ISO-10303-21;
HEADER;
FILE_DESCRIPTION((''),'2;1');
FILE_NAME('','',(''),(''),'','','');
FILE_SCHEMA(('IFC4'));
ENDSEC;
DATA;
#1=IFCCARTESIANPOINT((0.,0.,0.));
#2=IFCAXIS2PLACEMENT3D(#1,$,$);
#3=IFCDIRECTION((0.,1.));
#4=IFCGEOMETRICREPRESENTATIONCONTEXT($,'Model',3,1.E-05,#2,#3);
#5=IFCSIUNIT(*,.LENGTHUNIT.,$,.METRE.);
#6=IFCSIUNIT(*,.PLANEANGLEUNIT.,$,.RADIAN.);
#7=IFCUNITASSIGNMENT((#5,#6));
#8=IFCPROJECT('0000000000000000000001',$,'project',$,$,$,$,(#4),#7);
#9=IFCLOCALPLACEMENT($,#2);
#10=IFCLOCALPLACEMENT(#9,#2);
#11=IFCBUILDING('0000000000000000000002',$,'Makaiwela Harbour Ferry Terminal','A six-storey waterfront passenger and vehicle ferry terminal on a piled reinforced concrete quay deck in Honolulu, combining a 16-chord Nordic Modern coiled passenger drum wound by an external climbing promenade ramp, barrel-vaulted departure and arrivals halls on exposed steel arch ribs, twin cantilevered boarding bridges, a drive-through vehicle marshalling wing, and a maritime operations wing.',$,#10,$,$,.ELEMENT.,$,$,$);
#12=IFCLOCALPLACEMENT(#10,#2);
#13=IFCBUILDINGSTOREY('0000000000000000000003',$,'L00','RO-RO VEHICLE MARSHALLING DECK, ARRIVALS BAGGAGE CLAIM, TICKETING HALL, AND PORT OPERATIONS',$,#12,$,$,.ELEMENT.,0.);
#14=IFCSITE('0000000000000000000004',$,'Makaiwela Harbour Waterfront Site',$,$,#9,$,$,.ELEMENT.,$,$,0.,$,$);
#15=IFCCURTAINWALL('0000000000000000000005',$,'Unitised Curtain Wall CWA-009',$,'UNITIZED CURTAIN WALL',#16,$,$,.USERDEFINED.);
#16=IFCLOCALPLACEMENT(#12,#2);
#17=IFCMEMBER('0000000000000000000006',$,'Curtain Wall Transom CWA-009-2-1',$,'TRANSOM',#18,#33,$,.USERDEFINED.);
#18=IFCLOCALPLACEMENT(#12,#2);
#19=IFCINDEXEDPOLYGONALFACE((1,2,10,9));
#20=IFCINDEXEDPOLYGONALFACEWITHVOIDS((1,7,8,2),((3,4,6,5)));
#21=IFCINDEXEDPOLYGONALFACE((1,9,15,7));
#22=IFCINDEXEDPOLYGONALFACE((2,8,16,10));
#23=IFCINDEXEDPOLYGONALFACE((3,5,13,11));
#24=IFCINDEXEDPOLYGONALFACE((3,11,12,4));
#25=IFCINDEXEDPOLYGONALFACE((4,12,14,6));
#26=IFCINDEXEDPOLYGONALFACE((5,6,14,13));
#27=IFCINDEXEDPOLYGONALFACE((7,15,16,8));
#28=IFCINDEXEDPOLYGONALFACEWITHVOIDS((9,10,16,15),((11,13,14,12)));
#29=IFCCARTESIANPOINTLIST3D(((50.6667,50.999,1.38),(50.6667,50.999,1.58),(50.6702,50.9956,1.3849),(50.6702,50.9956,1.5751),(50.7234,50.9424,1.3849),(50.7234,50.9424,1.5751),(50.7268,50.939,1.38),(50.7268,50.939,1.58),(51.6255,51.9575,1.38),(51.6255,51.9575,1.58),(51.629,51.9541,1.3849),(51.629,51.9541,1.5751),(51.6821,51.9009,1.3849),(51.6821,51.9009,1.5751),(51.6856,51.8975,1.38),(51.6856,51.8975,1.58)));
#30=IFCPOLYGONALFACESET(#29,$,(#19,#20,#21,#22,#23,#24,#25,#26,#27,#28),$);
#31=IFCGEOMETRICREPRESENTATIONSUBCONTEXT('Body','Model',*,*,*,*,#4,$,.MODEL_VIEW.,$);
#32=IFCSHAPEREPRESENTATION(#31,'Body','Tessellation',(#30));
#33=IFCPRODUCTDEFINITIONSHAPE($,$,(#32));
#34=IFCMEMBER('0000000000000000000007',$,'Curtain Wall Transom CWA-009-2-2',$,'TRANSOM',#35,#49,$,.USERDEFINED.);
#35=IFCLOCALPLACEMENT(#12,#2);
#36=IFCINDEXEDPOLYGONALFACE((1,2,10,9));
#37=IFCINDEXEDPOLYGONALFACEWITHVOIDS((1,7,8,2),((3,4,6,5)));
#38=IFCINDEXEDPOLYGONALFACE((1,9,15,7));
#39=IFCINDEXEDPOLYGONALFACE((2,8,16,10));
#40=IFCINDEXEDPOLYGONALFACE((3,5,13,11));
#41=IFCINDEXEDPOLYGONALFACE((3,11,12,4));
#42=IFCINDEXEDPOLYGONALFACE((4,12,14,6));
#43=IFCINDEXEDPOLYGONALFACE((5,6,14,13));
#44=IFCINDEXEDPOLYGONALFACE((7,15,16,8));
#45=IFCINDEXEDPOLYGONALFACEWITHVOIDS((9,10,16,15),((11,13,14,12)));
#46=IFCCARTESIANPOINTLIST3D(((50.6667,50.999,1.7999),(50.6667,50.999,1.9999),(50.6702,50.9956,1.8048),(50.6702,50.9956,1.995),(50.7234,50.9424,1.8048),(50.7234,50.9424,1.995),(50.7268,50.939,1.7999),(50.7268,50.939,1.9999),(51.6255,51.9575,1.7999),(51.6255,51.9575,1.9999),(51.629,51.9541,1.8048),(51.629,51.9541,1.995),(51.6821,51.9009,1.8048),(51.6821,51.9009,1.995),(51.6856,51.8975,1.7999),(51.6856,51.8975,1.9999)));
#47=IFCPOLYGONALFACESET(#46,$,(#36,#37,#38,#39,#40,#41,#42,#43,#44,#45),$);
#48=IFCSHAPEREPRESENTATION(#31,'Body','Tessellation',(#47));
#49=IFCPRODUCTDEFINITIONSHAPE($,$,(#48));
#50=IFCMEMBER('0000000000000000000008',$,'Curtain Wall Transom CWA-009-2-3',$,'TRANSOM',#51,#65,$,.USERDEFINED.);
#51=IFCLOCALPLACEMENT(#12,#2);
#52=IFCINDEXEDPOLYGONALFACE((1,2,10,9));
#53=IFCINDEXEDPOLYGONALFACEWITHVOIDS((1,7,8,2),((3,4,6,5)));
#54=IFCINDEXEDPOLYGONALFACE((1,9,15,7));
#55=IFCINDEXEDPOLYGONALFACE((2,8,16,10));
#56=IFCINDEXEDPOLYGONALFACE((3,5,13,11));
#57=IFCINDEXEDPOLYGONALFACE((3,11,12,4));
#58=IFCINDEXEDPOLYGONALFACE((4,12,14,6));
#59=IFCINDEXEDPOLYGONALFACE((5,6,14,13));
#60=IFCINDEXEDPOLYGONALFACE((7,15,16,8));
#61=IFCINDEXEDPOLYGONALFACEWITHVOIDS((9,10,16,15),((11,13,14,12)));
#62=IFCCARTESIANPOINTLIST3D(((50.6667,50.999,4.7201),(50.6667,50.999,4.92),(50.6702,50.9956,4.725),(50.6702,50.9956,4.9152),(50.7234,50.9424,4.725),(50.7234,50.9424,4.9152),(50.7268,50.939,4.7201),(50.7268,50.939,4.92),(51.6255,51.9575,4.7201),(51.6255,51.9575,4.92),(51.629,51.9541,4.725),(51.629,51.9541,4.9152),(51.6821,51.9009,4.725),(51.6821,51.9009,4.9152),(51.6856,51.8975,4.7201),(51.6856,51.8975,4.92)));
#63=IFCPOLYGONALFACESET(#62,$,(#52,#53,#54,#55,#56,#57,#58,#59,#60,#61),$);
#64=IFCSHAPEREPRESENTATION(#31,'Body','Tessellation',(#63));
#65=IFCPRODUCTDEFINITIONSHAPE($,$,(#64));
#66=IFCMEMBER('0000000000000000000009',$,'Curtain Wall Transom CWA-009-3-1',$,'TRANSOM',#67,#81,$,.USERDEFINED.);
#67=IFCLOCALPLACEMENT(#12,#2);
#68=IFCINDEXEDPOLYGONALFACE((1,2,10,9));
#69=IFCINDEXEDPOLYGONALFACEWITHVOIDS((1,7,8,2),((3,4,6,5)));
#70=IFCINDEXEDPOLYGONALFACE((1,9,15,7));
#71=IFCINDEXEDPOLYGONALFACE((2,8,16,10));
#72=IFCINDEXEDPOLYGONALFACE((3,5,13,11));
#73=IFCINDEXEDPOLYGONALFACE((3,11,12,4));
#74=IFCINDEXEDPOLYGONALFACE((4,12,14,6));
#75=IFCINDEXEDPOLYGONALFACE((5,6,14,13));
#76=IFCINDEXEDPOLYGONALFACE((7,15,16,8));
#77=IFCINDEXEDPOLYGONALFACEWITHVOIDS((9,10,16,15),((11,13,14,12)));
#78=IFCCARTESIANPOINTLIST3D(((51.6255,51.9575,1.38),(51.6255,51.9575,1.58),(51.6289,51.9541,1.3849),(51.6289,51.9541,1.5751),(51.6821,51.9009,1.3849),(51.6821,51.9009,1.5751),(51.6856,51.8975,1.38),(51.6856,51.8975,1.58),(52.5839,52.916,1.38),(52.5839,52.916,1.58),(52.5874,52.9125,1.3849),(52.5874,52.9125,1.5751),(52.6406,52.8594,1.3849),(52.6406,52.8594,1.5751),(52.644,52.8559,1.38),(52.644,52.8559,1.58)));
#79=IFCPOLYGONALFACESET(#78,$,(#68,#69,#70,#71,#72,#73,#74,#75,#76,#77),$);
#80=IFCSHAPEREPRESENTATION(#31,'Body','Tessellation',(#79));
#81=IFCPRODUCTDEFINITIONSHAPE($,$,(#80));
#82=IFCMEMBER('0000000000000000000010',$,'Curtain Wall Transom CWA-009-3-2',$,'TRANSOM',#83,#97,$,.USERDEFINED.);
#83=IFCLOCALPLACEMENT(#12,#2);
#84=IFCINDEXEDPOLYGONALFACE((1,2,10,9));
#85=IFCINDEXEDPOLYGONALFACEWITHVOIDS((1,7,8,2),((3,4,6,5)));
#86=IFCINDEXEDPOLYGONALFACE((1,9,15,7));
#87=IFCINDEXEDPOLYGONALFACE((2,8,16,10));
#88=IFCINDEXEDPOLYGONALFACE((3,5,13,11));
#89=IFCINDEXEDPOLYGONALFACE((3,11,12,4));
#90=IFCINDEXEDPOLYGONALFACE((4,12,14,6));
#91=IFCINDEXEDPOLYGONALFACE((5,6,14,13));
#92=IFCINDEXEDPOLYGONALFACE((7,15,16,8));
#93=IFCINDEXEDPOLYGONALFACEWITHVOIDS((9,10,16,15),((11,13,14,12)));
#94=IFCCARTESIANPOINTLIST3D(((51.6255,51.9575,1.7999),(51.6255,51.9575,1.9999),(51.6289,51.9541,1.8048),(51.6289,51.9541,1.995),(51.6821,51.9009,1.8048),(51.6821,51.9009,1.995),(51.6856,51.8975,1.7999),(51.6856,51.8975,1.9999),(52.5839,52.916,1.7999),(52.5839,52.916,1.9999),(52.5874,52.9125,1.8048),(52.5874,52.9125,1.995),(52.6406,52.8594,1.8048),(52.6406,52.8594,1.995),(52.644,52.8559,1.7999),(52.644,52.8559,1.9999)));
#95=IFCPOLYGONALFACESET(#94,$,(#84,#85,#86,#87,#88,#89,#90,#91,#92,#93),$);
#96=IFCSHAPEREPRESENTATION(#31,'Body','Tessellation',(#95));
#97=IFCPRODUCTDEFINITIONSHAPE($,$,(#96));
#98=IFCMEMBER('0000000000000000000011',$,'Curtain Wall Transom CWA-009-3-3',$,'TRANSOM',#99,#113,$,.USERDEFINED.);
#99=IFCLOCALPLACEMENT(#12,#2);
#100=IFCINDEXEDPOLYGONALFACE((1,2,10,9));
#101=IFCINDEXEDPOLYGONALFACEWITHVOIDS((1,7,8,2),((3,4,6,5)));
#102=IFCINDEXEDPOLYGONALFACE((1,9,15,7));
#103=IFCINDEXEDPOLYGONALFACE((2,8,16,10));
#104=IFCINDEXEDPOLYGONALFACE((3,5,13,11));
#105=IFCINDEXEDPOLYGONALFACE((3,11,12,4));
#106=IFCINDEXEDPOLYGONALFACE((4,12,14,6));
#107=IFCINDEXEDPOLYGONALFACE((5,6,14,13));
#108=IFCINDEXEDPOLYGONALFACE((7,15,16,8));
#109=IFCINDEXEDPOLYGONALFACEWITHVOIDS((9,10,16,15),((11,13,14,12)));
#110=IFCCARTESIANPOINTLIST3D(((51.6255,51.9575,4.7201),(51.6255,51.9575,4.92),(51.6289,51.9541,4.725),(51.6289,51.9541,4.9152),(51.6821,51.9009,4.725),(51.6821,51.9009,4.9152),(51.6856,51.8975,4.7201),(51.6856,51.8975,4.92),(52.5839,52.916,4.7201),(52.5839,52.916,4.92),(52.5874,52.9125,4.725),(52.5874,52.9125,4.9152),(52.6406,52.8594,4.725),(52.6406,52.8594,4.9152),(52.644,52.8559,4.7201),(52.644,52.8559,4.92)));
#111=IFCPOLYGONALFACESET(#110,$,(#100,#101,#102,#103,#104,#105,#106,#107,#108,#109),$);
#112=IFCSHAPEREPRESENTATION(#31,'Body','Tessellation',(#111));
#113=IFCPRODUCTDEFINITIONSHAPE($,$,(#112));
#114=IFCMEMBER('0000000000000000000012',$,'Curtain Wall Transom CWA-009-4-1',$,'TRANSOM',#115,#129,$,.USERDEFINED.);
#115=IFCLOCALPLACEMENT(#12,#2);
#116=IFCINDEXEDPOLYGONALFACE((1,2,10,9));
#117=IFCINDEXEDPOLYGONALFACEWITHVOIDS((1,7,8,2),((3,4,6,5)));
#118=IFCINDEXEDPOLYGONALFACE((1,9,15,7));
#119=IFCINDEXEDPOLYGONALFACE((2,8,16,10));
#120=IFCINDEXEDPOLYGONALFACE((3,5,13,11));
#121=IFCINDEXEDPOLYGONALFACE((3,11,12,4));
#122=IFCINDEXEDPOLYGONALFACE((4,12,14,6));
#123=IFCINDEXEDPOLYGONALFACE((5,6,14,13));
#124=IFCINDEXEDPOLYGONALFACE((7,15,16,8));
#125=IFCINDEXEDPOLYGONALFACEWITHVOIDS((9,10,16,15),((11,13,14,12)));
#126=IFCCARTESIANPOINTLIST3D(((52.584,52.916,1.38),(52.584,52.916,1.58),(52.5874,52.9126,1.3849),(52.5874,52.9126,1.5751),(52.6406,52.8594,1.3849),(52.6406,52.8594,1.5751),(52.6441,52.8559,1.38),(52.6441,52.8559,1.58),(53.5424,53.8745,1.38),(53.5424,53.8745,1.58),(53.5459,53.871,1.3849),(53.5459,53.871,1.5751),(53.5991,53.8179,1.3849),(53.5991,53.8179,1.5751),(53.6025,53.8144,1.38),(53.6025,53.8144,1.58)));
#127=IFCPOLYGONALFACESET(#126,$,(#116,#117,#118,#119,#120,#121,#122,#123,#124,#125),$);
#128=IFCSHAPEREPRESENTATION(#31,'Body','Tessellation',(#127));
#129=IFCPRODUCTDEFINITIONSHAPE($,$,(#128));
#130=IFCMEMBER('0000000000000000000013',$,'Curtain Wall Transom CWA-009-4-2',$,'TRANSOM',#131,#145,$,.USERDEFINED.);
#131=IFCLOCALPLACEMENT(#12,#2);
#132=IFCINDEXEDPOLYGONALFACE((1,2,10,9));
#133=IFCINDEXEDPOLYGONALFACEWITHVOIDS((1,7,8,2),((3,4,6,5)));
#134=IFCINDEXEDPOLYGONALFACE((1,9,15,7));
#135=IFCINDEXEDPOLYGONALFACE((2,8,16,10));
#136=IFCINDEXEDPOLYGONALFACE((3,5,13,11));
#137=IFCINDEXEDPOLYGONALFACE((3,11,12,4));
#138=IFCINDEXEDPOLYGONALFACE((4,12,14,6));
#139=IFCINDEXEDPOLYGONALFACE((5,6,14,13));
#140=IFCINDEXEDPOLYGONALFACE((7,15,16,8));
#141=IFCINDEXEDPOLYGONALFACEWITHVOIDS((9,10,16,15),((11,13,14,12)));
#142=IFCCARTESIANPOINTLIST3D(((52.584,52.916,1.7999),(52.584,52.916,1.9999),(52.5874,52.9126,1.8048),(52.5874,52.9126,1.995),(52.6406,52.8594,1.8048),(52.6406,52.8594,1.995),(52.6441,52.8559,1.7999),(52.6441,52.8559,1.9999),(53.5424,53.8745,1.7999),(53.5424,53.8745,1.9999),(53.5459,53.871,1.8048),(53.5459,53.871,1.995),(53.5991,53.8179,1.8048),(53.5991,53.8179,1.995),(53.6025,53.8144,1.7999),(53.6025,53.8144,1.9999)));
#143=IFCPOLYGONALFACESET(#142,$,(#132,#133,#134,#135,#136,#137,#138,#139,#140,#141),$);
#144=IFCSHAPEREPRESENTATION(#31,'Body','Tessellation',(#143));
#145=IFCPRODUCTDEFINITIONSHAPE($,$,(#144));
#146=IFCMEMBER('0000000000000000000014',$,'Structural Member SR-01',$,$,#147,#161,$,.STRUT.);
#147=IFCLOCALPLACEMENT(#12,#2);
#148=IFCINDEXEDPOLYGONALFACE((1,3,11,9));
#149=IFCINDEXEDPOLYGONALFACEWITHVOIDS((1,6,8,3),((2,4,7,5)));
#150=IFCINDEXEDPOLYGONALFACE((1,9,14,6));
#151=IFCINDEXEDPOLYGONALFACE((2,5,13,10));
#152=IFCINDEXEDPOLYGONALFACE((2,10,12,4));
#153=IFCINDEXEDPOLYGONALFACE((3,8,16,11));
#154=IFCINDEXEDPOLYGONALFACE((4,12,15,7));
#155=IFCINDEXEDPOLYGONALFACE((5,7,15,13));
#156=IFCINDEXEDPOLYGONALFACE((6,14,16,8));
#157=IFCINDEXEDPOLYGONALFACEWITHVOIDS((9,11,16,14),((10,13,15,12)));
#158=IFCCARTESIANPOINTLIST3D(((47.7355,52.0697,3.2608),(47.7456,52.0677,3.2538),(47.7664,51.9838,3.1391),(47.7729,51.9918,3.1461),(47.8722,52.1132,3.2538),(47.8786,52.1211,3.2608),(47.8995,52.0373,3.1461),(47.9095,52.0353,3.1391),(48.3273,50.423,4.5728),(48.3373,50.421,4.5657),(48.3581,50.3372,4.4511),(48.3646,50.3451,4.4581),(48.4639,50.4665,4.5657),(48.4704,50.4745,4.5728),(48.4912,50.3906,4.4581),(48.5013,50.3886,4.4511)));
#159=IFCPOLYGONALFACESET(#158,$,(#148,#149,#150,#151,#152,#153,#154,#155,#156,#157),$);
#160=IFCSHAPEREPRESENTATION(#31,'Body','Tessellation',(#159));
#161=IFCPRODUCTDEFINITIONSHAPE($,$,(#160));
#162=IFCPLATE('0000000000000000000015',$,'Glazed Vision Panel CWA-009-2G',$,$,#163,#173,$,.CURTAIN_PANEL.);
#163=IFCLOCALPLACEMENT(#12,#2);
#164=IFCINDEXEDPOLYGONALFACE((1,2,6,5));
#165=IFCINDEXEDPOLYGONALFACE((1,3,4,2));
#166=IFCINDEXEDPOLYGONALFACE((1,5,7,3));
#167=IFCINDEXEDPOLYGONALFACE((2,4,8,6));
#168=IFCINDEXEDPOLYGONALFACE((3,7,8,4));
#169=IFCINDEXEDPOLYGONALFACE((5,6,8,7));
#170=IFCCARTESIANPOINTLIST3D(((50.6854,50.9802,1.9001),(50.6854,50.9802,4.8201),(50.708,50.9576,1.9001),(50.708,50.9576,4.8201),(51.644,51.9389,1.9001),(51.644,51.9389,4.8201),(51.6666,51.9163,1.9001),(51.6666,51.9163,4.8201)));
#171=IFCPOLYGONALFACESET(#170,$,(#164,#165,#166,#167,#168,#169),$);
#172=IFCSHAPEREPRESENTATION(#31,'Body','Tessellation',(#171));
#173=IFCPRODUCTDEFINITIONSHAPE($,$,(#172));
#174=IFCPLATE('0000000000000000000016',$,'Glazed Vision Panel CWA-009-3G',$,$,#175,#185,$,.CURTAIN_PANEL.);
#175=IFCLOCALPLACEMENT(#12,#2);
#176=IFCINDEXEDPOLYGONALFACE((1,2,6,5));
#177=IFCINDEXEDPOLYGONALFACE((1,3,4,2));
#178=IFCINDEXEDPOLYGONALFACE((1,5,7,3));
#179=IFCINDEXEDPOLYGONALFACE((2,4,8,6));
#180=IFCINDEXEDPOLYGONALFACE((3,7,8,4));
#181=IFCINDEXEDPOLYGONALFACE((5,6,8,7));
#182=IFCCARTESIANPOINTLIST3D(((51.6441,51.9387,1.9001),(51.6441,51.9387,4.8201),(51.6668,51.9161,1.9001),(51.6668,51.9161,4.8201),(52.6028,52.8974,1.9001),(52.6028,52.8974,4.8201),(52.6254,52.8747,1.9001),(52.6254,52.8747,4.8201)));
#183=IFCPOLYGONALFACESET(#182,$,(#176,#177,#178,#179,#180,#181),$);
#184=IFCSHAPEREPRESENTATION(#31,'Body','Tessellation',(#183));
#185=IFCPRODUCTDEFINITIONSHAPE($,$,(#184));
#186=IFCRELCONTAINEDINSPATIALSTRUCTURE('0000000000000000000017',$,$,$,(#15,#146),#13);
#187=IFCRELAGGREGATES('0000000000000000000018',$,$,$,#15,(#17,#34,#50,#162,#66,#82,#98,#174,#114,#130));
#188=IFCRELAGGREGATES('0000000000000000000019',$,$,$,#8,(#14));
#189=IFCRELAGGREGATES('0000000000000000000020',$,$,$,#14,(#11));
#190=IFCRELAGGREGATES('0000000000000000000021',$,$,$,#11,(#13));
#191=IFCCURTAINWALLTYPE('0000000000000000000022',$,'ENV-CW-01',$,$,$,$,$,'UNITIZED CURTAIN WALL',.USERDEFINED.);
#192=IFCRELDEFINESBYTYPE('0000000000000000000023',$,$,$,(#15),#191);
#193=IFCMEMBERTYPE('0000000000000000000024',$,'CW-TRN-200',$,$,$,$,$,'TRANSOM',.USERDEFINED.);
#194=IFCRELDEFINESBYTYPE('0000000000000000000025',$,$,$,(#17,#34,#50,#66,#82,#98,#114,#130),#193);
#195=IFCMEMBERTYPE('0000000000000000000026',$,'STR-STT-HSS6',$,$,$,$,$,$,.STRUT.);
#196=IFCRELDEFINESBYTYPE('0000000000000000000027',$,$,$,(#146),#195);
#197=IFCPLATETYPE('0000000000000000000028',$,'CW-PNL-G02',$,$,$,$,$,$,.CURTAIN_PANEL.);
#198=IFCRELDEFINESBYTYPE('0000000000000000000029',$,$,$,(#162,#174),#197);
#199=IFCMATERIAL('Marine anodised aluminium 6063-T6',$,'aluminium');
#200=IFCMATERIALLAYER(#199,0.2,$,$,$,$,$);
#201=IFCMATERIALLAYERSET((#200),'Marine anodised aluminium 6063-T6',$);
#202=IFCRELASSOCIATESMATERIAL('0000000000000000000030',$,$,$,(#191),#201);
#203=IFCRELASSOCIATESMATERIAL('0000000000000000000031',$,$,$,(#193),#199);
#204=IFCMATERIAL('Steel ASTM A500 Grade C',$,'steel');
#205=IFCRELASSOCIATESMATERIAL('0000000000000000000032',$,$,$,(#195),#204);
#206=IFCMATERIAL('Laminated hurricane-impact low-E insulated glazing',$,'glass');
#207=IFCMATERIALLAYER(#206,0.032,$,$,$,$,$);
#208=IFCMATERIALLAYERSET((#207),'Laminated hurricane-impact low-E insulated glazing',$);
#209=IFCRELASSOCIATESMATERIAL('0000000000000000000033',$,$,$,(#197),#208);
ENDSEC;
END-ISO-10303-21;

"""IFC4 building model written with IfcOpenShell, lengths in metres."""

from ifc_helpers import new_model, si_unit, direction, frame, origin, origin_2d, place, context, subcontext, project, spatial, rectangle, hollow_rectangle, extrude, material, layer, layer_set, material_profile, profile_set, type_object, element, aggregate, save


model = new_model("IFC4")

# Units and contexts
model_context = context("Model", 3, precision=1e-05, world=origin(), true_north=direction((0.0, 1.0)))
body_context = subcontext(model_context, "Body", "Model", "MODEL_VIEW")
ifc_project = project(units=[si_unit("LENGTHUNIT", "METRE"), si_unit("PLANEANGLEUNIT", "RADIAN")], contexts=[model_context])

# Site, building, storey
site_placement = place(None, origin())
site = spatial("IfcSite", under=ifc_project, at=site_placement, Name="Makaiwela Harbour Waterfront Site", CompositionType="ELEMENT", RefElevation=0.0)
building_placement = place(site_placement, origin())
building = spatial("IfcBuilding", under=site, at=building_placement, Name="Makaiwela Harbour Ferry Terminal", Description="A six-storey waterfront passenger and vehicle ferry terminal on a piled reinforced concrete quay deck in Honolulu, combining a 16-chord Nordic Modern coiled passenger drum wound by an external climbing promenade ramp, barrel-vaulted departure and arrivals halls on exposed steel arch ribs, twin cantilevered boarding bridges, a drive-through vehicle marshalling wing, and a maritime operations wing.", CompositionType="ELEMENT")
storey_placement = place(building_placement, origin())
storey = spatial("IfcBuildingStorey", under=building, at=storey_placement, Name="L00", Description="RO-RO VEHICLE MARSHALLING DECK, ARRIVALS BAGGAGE CLAIM, TICKETING HALL, AND PORT OPERATIONS", CompositionType="ELEMENT", Elevation=0.0)

# Curtain wall, members
ifc_material_1 = material(Name="Marine anodised aluminium 6063-T6", Category="aluminium")
ifc_layer_1 = layer(ifc_material_1, 0.2)
ifc_layer_set_1 = layer_set([ifc_layer_1], Name="Marine anodised aluminium 6063-T6")
curtain_wall_type = type_object("IfcCurtainWallType", Name="ENV-CW-01", ElementType="UNITIZED CURTAIN WALL", PredefinedType="USERDEFINED", material=ifc_layer_set_1)
curtain_wall_placement = place(storey_placement, origin())
curtain_wall = element("IfcCurtainWall", 1, at=curtain_wall_placement, inside=storey, type_object=curtain_wall_type, Name="Unitised Curtain Wall CWA-009", ObjectType="UNITIZED CURTAIN WALL", PredefinedType="USERDEFINED")
ifc_material_profile_1 = material_profile(ifc_material_1, hollow_rectangle(XDim=0.085, YDim=0.2, WallThickness=0.0049, at=origin_2d()), Name="CWT-200X85")
ifc_profile_set_1 = profile_set([ifc_material_profile_1], Name="Marine anodised aluminium 6063-T6")
member_type_1 = type_object("IfcMemberType", Name="CW-TRN-200", ElementType="TRANSOM", PredefinedType="USERDEFINED", material=ifc_profile_set_1)
member_1_placement = place(storey_placement, frame((50.6968, 50.969, 1.48), z_axis=(0.707197, 0.707017, 0.0), x_axis=(-0.707017, 0.707197, 0.0)))
member_1 = element("IfcMember", 2, at=member_1_placement, type_object=member_type_1, Name="Curtain Wall Transom CWA-009-2-1", ObjectType="TRANSOM", PredefinedType="USERDEFINED", context=body_context, shape_type="SweptSolid", body=[
    extrude(hollow_rectangle(XDim=0.085, YDim=0.2, WallThickness=0.0049, at=origin_2d()), origin(), (0.0, 0.0, 1.0), 1.3557),
])
member_2_placement = place(storey_placement, frame((50.6968, 50.969, 1.8999), z_axis=(0.707197, 0.707017, 0.0), x_axis=(-0.707017, 0.707197, 0.0)))
member_2 = element("IfcMember", 3, at=member_2_placement, type_object=member_type_1, Name="Curtain Wall Transom CWA-009-2-2", ObjectType="TRANSOM", PredefinedType="USERDEFINED", context=body_context, shape_type="SweptSolid", body=[
    extrude(hollow_rectangle(XDim=0.085, YDim=0.2, WallThickness=0.0049, at=origin_2d()), origin(), (0.0, 0.0, 1.0), 1.3557),
])
member_3_placement = place(storey_placement, frame((50.6968, 50.969, 4.8201), z_axis=(0.707197, 0.707017, 0.0), x_axis=(-0.707017, 0.707197, 0.0)))
member_3 = element("IfcMember", 4, at=member_3_placement, type_object=member_type_1, Name="Curtain Wall Transom CWA-009-2-3", ObjectType="TRANSOM", PredefinedType="USERDEFINED", context=body_context, shape_type="SweptSolid", body=[
    extrude(hollow_rectangle(XDim=0.085, YDim=0.2, WallThickness=0.0049, at=origin_2d()), origin(), (0.0, 0.0, 1.0), 1.3557),
])
member_4_placement = place(storey_placement, frame((51.6555, 51.9275, 1.48), z_axis=(0.707107, 0.707107, 0.0), x_axis=(-0.707107, 0.707107, 0.0)))
member_4 = element("IfcMember", 5, at=member_4_placement, type_object=member_type_1, Name="Curtain Wall Transom CWA-009-3-1", ObjectType="TRANSOM", PredefinedType="USERDEFINED", context=body_context, shape_type="SweptSolid", body=[
    extrude(hollow_rectangle(XDim=0.085, YDim=0.2, WallThickness=0.0049, at=origin_2d()), origin(), (0.0, 0.0, 1.0), 1.3555),
])
member_5_placement = place(storey_placement, frame((51.6555, 51.9275, 1.8999), z_axis=(0.707107, 0.707107, 0.0), x_axis=(-0.707107, 0.707107, 0.0)))
member_5 = element("IfcMember", 6, at=member_5_placement, type_object=member_type_1, Name="Curtain Wall Transom CWA-009-3-2", ObjectType="TRANSOM", PredefinedType="USERDEFINED", context=body_context, shape_type="SweptSolid", body=[
    extrude(hollow_rectangle(XDim=0.085, YDim=0.2, WallThickness=0.0049, at=origin_2d()), origin(), (0.0, 0.0, 1.0), 1.3555),
])
member_6_placement = place(storey_placement, frame((51.6555, 51.9275, 4.8201), z_axis=(0.707107, 0.707107, 0.0), x_axis=(-0.707107, 0.707107, 0.0)))
member_6 = element("IfcMember", 7, at=member_6_placement, type_object=member_type_1, Name="Curtain Wall Transom CWA-009-3-3", ObjectType="TRANSOM", PredefinedType="USERDEFINED", context=body_context, shape_type="SweptSolid", body=[
    extrude(hollow_rectangle(XDim=0.085, YDim=0.2, WallThickness=0.0049, at=origin_2d()), origin(), (0.0, 0.0, 1.0), 1.3555),
])
member_7_placement = place(storey_placement, frame((52.614, 52.886, 1.48), z_axis=(0.707107, 0.707107, 0.0), x_axis=(-0.707107, 0.707107, 0.0)))
member_7 = element("IfcMember", 8, at=member_7_placement, type_object=member_type_1, Name="Curtain Wall Transom CWA-009-4-1", ObjectType="TRANSOM", PredefinedType="USERDEFINED", context=body_context, shape_type="SweptSolid", body=[
    extrude(hollow_rectangle(XDim=0.085, YDim=0.2, WallThickness=0.0049, at=origin_2d()), origin(), (0.0, 0.0, 1.0), 1.3555),
])
member_8_placement = place(storey_placement, frame((52.614, 52.886, 1.8999), z_axis=(0.707107, 0.707107, 0.0), x_axis=(-0.707107, 0.707107, 0.0)))
member_8 = element("IfcMember", 9, at=member_8_placement, type_object=member_type_1, Name="Curtain Wall Transom CWA-009-4-2", ObjectType="TRANSOM", PredefinedType="USERDEFINED", context=body_context, shape_type="SweptSolid", body=[
    extrude(hollow_rectangle(XDim=0.085, YDim=0.2, WallThickness=0.0049, at=origin_2d()), origin(), (0.0, 0.0, 1.0), 1.3555),
])

# Member
ifc_material_2 = material(Name="Steel ASTM A500 Grade C", Category="steel")
ifc_material_profile_2 = material_profile(ifc_material_2, hollow_rectangle(XDim=0.1521, YDim=0.1521, WallThickness=0.0088, at=origin_2d()), Name="HSS6X6X3/8")
ifc_profile_set_2 = profile_set([ifc_material_profile_2], Name="Steel ASTM A500 Grade C")
member_type_2 = type_object("IfcMemberType", Name="STR-STT-HSS6", PredefinedType="STRUT", material=ifc_profile_set_2)
member_9_placement = place(storey_placement, frame((47.8225, 52.0525, 3.2), z_axis=(0.270588, -0.752935, 0.599892), x_axis=(0.941074, 0.338201, 0.0)))
element("IfcMember", 10, at=member_9_placement, inside=storey, type_object=member_type_2, Name="Structural Member SR-01", PredefinedType="STRUT", context=body_context, shape_type="SweptSolid", body=[
    extrude(hollow_rectangle(XDim=0.1521, YDim=0.1521, WallThickness=0.0088, at=origin_2d()), origin(), (0.0, 0.0, 1.0), 2.187),
])

# Plates
ifc_material_3 = material(Name="Laminated hurricane-impact low-E insulated glazing", Category="glass")
ifc_layer_2 = layer(ifc_material_3, 0.032)
ifc_layer_set_2 = layer_set([ifc_layer_2], Name="Laminated hurricane-impact low-E insulated glazing")
plate_type_1 = type_object("IfcPlateType", Name="CW-PNL-G02", PredefinedType="CURTAIN_PANEL", material=ifc_layer_set_2)
plate_1_placement = place(storey_placement, frame((51.176, 51.4482, 1.9001), z_axis=(0.0, 0.0, 1.0), x_axis=(0.707107, 0.707107, 0.0)))
plate_1 = element("IfcPlate", 11, at=plate_1_placement, type_object=plate_type_1, Name="Glazed Vision Panel CWA-009-2G", PredefinedType="CURTAIN_PANEL", context=body_context, shape_type="SweptSolid", body=[
    extrude(rectangle(XDim=1.3557, YDim=0.032, at=origin_2d()), origin(), (0.0, 0.0, 1.0), 2.9199),
])
plate_2_placement = place(storey_placement, frame((52.1348, 52.4067, 1.9001), z_axis=(0.0, 0.0, 1.0), x_axis=(0.707107, 0.707107, 0.0)))
plate_2 = element("IfcPlate", 12, at=plate_2_placement, type_object=plate_type_1, Name="Glazed Vision Panel CWA-009-3G", PredefinedType="CURTAIN_PANEL", context=body_context, shape_type="SweptSolid", body=[
    extrude(rectangle(XDim=1.3557, YDim=0.032, at=origin_2d()), origin(), (0.0, 0.0, 1.0), 2.9199),
])
aggregate(curtain_wall, [member_1, member_2, member_3, plate_1, member_4, member_5, member_6, plate_2, member_7, member_8])

save(model, "model.ifc")
